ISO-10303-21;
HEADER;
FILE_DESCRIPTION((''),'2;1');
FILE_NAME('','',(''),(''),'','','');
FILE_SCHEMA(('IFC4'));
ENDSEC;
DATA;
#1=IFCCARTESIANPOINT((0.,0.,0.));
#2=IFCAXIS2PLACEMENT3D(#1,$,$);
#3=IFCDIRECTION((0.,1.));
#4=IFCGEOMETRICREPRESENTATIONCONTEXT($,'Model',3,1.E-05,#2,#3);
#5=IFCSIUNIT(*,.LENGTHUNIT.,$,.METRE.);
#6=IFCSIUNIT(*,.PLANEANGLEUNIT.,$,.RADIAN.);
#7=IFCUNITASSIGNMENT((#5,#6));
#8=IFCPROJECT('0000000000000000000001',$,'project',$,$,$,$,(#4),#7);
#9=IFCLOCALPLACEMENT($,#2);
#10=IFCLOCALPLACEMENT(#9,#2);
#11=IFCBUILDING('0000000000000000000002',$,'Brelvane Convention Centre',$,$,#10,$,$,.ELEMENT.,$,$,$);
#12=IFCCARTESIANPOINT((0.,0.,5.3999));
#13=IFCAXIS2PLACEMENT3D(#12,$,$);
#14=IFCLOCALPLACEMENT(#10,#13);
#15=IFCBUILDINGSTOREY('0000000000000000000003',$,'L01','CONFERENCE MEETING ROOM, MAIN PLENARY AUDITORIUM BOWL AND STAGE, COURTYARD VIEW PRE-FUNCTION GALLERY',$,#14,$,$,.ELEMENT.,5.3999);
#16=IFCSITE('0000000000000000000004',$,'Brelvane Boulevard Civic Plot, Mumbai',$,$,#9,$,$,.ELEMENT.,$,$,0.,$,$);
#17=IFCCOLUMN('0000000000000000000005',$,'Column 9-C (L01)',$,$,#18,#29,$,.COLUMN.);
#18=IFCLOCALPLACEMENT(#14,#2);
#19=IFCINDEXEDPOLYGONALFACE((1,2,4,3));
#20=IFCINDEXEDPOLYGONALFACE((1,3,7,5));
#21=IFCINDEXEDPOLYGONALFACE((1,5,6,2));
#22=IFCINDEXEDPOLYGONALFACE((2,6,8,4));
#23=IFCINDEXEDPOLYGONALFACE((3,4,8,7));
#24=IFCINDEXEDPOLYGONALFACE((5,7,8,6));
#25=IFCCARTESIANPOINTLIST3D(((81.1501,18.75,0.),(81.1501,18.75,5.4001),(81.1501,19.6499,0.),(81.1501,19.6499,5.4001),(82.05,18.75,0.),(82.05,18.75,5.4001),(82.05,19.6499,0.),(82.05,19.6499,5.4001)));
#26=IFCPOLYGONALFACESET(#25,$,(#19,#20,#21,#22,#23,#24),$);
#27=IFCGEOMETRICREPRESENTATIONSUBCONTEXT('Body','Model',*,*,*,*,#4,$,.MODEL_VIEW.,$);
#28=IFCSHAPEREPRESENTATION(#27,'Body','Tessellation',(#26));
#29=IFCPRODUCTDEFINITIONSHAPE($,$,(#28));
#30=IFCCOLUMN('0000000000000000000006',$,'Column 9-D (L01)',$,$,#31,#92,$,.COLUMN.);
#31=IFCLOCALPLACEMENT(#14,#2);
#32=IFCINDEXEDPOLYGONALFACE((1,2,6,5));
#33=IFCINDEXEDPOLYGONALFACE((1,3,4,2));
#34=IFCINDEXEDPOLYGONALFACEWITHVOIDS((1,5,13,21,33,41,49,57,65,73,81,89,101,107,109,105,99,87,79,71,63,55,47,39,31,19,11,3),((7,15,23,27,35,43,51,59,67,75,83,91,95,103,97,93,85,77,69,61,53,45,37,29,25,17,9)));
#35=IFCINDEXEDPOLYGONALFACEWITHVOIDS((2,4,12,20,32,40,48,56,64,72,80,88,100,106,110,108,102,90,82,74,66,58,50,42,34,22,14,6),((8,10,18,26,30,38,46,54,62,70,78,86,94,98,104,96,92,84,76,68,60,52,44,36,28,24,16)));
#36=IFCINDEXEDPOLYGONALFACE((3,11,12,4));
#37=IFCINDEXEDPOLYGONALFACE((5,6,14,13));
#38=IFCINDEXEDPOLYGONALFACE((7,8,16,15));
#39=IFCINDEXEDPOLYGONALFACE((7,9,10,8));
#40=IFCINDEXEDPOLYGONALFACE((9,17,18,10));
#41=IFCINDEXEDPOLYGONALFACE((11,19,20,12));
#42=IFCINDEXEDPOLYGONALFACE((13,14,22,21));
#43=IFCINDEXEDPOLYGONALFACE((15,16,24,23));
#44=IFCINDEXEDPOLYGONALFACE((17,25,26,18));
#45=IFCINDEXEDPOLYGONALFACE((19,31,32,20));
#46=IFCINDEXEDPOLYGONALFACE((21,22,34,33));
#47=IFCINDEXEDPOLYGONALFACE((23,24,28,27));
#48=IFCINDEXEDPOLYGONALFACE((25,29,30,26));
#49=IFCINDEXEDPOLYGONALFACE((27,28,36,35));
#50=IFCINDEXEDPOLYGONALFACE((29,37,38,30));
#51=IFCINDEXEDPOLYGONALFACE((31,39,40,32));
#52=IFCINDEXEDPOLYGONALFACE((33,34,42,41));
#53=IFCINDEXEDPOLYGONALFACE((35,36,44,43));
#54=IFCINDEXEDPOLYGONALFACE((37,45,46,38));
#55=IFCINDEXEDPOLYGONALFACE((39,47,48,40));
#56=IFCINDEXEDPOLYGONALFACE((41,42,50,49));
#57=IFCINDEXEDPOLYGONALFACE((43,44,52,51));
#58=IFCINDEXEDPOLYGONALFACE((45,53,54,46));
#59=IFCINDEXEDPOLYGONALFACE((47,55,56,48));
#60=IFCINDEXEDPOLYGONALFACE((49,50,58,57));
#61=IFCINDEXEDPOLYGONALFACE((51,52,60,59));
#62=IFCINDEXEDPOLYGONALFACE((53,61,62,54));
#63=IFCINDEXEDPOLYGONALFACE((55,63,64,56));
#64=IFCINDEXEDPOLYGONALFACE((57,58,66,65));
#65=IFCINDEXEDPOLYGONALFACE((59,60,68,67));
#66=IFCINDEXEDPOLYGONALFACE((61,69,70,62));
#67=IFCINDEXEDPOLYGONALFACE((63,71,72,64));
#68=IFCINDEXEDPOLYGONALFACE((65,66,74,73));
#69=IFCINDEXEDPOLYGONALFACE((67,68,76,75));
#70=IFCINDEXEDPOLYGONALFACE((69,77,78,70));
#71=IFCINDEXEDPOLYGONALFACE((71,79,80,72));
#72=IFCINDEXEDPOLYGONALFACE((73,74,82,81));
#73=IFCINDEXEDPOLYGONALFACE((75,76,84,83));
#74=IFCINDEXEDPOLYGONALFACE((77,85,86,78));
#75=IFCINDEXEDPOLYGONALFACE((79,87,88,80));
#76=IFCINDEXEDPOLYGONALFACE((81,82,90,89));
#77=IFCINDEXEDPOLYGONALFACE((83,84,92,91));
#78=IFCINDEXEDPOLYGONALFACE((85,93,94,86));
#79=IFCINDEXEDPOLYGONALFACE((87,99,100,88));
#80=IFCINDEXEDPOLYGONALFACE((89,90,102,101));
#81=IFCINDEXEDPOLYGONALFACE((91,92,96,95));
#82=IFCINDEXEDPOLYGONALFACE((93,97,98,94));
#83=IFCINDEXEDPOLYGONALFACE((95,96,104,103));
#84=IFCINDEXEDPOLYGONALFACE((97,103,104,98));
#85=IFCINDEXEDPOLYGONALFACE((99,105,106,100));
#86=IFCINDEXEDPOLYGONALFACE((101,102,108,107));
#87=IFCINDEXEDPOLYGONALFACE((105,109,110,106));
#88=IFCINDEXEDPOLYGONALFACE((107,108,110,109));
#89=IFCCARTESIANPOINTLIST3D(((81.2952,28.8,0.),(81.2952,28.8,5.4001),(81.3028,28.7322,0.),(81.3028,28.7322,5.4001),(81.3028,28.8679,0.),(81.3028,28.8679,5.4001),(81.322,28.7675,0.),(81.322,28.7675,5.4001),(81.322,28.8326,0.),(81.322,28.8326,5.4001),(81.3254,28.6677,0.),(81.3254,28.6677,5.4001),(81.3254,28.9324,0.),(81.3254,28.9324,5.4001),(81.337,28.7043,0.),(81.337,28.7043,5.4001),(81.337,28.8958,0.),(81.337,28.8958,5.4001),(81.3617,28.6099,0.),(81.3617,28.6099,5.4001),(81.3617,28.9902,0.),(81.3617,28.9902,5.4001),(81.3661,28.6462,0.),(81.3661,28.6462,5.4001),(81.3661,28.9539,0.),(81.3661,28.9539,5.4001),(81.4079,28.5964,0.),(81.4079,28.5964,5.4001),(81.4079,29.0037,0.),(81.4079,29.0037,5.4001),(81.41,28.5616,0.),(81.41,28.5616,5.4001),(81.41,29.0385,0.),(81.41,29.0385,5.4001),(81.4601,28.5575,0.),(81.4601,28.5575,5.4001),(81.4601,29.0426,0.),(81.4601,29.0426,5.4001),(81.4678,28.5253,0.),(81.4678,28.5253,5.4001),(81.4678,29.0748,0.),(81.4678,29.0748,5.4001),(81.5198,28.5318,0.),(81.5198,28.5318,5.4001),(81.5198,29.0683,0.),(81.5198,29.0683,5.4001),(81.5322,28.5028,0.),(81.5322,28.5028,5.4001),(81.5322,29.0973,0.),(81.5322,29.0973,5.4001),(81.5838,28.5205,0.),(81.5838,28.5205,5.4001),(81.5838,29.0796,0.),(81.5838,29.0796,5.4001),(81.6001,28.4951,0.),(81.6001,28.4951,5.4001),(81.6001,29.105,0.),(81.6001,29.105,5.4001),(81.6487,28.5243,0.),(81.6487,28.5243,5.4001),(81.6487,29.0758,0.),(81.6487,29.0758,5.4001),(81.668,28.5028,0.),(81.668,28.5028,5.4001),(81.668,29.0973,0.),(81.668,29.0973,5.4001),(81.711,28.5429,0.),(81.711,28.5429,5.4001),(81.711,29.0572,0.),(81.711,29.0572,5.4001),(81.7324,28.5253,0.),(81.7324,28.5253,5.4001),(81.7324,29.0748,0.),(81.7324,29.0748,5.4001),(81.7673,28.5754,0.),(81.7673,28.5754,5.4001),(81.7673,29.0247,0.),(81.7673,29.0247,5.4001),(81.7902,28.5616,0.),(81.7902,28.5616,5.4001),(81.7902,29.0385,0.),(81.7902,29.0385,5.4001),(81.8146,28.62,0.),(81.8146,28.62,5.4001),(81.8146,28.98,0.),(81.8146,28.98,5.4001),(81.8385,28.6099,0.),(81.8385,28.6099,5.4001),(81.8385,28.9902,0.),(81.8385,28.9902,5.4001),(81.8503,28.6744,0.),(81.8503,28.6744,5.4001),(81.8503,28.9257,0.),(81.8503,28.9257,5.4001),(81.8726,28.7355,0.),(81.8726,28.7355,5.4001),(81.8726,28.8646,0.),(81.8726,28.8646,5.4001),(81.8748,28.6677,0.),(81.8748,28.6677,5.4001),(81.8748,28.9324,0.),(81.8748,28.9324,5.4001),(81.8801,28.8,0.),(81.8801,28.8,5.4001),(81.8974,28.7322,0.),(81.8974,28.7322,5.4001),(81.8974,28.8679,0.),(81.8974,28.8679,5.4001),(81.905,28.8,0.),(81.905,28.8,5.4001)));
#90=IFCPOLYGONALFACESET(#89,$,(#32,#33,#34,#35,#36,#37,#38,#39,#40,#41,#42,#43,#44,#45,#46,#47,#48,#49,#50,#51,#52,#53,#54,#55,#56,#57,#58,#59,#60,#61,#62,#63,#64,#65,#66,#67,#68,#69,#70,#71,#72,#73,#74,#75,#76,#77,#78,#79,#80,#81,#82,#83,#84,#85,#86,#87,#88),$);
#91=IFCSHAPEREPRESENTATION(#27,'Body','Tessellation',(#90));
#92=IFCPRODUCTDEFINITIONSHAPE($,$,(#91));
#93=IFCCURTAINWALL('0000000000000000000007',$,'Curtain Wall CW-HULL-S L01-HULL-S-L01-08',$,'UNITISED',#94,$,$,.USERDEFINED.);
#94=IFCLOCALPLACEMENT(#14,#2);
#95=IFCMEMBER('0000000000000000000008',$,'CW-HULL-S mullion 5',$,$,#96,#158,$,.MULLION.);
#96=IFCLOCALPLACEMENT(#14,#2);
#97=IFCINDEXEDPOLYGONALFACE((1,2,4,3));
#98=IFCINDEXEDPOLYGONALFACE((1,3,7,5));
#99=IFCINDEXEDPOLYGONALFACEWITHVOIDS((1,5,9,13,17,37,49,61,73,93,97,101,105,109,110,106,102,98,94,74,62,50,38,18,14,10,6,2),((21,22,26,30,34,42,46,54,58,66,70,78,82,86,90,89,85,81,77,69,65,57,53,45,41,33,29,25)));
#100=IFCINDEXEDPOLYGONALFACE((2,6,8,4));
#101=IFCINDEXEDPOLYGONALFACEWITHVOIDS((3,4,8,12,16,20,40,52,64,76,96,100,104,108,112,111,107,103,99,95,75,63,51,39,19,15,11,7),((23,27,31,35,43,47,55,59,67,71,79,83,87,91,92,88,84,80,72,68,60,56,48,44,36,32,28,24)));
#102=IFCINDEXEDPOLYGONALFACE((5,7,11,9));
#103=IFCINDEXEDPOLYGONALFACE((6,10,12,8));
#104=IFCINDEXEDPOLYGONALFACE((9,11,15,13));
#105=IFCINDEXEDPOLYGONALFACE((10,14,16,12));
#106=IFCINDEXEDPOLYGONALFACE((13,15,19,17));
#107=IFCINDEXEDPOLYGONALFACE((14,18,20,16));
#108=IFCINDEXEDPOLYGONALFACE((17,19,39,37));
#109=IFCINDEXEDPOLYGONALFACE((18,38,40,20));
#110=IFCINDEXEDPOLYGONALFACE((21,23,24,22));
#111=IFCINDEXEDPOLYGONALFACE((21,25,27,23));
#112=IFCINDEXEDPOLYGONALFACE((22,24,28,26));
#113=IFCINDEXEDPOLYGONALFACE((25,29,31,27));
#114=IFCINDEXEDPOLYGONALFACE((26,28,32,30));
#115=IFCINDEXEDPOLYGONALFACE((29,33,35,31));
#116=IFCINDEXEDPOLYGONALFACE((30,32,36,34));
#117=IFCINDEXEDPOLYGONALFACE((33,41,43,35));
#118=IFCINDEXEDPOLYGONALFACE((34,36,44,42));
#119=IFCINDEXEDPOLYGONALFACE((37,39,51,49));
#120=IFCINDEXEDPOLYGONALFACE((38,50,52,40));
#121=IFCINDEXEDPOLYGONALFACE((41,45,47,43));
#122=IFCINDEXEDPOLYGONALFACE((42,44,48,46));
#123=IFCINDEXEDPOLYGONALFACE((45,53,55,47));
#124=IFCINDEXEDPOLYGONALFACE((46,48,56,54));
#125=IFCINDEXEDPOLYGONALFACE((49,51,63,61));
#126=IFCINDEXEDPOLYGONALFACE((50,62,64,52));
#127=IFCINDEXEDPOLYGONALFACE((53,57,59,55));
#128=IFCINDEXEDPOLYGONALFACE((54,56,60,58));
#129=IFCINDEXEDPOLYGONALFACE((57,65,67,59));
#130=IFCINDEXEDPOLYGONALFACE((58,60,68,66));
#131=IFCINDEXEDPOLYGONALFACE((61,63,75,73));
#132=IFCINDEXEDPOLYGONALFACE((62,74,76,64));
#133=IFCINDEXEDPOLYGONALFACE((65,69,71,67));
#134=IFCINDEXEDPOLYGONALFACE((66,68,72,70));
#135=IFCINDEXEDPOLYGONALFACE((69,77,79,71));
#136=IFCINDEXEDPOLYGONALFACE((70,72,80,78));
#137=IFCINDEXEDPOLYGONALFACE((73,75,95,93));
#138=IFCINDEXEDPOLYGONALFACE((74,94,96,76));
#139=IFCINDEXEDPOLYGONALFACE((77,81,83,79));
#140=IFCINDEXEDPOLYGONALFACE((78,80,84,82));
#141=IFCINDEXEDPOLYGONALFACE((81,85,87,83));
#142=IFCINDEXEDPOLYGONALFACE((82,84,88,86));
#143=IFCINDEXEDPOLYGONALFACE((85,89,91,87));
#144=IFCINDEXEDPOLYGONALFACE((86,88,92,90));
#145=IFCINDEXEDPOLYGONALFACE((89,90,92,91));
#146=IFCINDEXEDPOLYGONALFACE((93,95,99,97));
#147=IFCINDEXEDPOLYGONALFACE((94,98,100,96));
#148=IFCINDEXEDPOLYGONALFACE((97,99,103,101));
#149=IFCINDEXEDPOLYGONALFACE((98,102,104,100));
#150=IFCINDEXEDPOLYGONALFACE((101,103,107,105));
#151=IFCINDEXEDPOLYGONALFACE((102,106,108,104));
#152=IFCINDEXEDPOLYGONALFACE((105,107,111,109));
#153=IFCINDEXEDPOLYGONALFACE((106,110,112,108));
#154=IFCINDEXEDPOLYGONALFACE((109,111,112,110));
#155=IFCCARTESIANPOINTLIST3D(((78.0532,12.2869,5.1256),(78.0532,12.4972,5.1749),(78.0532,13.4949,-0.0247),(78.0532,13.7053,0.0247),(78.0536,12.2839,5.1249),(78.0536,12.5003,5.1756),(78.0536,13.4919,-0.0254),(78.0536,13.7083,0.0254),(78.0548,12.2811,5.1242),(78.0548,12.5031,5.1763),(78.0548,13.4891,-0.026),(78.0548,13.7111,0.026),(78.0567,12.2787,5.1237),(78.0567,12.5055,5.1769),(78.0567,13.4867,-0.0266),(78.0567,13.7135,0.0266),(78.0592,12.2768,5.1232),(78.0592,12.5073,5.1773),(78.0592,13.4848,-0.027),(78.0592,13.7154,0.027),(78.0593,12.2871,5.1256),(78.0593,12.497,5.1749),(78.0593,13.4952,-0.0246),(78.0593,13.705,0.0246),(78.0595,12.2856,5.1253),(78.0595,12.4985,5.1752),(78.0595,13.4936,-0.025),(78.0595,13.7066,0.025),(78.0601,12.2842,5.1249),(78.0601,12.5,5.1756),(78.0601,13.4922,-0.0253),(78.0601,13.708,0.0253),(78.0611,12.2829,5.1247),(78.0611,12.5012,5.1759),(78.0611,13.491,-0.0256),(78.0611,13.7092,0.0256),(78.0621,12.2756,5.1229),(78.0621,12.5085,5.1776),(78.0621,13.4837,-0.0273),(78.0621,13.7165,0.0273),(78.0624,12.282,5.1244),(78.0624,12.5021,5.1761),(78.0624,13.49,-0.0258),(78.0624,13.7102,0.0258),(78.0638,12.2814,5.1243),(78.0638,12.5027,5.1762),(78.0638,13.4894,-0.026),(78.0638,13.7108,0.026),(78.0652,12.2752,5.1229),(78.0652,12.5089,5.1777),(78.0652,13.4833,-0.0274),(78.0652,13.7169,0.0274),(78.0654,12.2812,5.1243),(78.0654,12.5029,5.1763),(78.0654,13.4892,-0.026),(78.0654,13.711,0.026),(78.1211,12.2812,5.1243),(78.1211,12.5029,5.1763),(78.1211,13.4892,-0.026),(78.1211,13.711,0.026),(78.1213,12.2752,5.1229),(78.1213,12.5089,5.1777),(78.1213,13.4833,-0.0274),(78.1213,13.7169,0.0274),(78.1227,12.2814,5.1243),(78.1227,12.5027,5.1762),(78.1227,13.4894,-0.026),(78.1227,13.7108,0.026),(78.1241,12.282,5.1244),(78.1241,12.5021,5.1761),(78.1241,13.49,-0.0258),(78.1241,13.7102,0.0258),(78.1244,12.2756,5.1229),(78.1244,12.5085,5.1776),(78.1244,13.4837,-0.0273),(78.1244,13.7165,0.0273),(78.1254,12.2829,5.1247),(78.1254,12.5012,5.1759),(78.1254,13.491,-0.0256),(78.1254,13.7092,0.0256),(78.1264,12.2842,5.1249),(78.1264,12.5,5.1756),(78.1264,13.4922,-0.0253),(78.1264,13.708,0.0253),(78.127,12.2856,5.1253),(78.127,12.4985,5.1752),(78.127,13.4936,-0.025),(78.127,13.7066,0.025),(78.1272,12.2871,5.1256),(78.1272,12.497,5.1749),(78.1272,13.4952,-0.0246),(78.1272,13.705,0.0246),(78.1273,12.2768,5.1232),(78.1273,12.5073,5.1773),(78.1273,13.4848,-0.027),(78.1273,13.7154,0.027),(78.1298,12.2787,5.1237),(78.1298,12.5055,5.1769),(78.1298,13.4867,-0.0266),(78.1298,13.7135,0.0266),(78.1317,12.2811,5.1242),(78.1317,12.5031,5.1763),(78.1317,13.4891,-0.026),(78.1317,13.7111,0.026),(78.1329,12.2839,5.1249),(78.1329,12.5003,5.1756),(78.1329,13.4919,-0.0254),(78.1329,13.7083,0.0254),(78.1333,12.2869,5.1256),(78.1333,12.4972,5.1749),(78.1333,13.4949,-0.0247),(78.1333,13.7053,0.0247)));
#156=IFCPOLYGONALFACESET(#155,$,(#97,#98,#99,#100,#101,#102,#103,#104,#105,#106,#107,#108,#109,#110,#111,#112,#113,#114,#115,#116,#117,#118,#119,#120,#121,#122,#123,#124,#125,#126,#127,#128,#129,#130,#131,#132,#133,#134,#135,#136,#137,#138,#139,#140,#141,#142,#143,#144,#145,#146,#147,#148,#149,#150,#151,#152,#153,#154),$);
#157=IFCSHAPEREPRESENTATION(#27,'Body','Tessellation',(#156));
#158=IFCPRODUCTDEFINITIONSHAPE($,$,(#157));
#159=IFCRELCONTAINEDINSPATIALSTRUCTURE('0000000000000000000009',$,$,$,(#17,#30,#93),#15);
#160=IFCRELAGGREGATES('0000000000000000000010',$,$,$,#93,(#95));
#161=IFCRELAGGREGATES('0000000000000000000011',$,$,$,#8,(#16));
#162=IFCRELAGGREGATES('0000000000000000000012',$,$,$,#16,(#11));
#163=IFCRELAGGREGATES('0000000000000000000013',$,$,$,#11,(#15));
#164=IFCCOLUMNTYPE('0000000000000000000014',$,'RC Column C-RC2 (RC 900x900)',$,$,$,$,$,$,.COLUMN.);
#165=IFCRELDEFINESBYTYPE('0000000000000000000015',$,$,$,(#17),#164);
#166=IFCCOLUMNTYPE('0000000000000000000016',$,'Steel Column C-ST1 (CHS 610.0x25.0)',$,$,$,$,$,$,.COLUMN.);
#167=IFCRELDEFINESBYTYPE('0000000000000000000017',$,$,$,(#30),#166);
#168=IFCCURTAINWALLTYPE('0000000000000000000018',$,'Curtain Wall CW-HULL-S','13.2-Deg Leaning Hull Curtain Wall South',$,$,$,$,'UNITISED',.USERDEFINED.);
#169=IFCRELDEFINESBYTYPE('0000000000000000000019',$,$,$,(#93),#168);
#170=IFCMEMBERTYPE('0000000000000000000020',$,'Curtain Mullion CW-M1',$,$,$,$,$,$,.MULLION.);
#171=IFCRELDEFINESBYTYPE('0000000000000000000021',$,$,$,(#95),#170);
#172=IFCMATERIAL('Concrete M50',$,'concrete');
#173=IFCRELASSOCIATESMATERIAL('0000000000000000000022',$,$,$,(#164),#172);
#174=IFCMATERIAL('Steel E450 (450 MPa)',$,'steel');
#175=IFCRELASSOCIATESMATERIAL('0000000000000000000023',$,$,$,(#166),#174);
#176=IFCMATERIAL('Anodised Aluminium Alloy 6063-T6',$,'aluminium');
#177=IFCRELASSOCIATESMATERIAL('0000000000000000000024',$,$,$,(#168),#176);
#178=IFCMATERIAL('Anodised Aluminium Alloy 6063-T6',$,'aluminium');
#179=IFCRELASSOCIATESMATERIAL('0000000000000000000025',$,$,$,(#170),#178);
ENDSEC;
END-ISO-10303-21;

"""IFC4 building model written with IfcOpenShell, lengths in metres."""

from ifc_helpers import new_model, si_unit, direction, frame, origin, origin_2d, place, context, subcontext, project, spatial, rectangle, hollow_rectangle, hollow_circle, extrude, material, material_profile, profile_set, type_object, element, aggregate, save


model = new_model("IFC4")

# Units and contexts
model_context = context("Model", 3, precision=1e-05, world=origin(), true_north=direction((0.0, 1.0)))
body_context = subcontext(model_context, "Body", "Model", "MODEL_VIEW")
ifc_project = project(units=[si_unit("LENGTHUNIT", "METRE"), si_unit("PLANEANGLEUNIT", "RADIAN")], contexts=[model_context])

# Site, building, storey
site_placement = place(None, origin())
site = spatial("IfcSite", under=ifc_project, at=site_placement, Name="Brelvane Boulevard Civic Plot, Mumbai", CompositionType="ELEMENT", RefElevation=0.0)
building_placement = place(site_placement, origin())
building = spatial("IfcBuilding", under=site, at=building_placement, Name="Brelvane Convention Centre", CompositionType="ELEMENT")
storey_placement = place(building_placement, frame((0.0, 0.0, 5.3999)))
storey = spatial("IfcBuildingStorey", under=building, at=storey_placement, Name="L01", Description="CONFERENCE MEETING ROOM, MAIN PLENARY AUDITORIUM BOWL AND STAGE, COURTYARD VIEW PRE-FUNCTION GALLERY", CompositionType="ELEMENT", Elevation=5.3999)

# Columns
ifc_material_1 = material(Name="Concrete M50", Category="concrete")
ifc_material_profile_1 = material_profile(ifc_material_1, rectangle(XDim=0.8999, YDim=0.8999, at=origin_2d()), Name="RC 900x900")
ifc_profile_set_1 = profile_set([ifc_material_profile_1], Name="Concrete M50")
column_type_1 = type_object("IfcColumnType", Name="RC Column C-RC2 (RC 900x900)", PredefinedType="COLUMN", material=ifc_profile_set_1)
column_1_placement = place(storey_placement, frame((81.6001, 19.2, 0.0), z_axis=(0.0, 0.0, 1.0), x_axis=(1.0, 0.0, 0.0)))
element("IfcColumn", 1, at=column_1_placement, inside=storey, type_object=column_type_1, Name="Column 9-C (L01)", PredefinedType="COLUMN", context=body_context, shape_type="SweptSolid", body=[
    extrude(rectangle(XDim=0.8999, YDim=0.8999, at=origin_2d()), origin(), (0.0, 0.0, 1.0), 5.4001),
])
ifc_material_2 = material(Name="Steel E450 (450 MPa)", Category="steel")
ifc_material_profile_2 = material_profile(ifc_material_2, hollow_circle(Radius=0.3049, WallThickness=0.0249, at=origin_2d()), Name="CHS 610.0x25.0")
ifc_profile_set_2 = profile_set([ifc_material_profile_2], Name="Steel E450 (450 MPa)")
column_type_2 = type_object("IfcColumnType", Name="Steel Column C-ST1 (CHS 610.0x25.0)", PredefinedType="COLUMN", material=ifc_profile_set_2)
column_2_placement = place(storey_placement, frame((81.6001, 28.8, 0.0), z_axis=(0.0, 0.0, 1.0), x_axis=(1.0, 0.0, 0.0)))
element("IfcColumn", 2, at=column_2_placement, inside=storey, type_object=column_type_2, Name="Column 9-D (L01)", PredefinedType="COLUMN", context=body_context, shape_type="SweptSolid", body=[
    extrude(hollow_circle(Radius=0.3049, WallThickness=0.0249, at=origin_2d()), origin(), (0.0, 0.0, 1.0), 5.4001),
])

# Curtain wall, member
ifc_material_3 = material(Name="Anodised Aluminium Alloy 6063-T6", Category="aluminium")
curtain_wall_type = type_object("IfcCurtainWallType", Name="Curtain Wall CW-HULL-S", Description="13.2-Deg Leaning Hull Curtain Wall South", ElementType="UNITISED", PredefinedType="USERDEFINED", material=ifc_material_3)
curtain_wall_1_placement = place(storey_placement, origin())
curtain_wall_1 = element("IfcCurtainWall", 3, at=curtain_wall_1_placement, inside=storey, type_object=curtain_wall_type, Name="Curtain Wall CW-HULL-S L01-HULL-S-L01-08", ObjectType="UNITISED", PredefinedType="USERDEFINED")
ifc_material_4 = material(Name="Anodised Aluminium Alloy 6063-T6", Category="aluminium")
ifc_material_profile_3 = material_profile(ifc_material_4, hollow_rectangle(XDim=0.0801, YDim=0.24, WallThickness=0.0061, InnerFilletRadius=0.0061, OuterFilletRadius=0.012, at=origin_2d()), Name="ALU-M 240x80x6.0")
ifc_profile_set_3 = profile_set([ifc_material_profile_3], Name="Anodised Aluminium Alloy 6063-T6")
member_type_1 = type_object("IfcMemberType", Name="Curtain Mullion CW-M1", PredefinedType="MULLION", material=ifc_profile_set_3)
member_1_placement = place(storey_placement, frame((78.0933, 13.6001, 0.0), z_axis=(0.0, -0.22836, 0.973577), x_axis=(1.0, 0.0, 0.0)))
member_1 = element("IfcMember", 4, at=member_1_placement, type_object=member_type_1, Name="CW-HULL-S mullion 5", PredefinedType="MULLION", context=body_context, shape_type="SweptSolid", body=[
    extrude(hollow_rectangle(XDim=0.0801, YDim=0.24, WallThickness=0.0061, InnerFilletRadius=0.0061, OuterFilletRadius=0.012, at=origin_2d()), origin(), (0.0, 0.0, 1.0), 5.29),
])

aggregate(curtain_wall_1, [member_1])

save(model, "model.ifc")
